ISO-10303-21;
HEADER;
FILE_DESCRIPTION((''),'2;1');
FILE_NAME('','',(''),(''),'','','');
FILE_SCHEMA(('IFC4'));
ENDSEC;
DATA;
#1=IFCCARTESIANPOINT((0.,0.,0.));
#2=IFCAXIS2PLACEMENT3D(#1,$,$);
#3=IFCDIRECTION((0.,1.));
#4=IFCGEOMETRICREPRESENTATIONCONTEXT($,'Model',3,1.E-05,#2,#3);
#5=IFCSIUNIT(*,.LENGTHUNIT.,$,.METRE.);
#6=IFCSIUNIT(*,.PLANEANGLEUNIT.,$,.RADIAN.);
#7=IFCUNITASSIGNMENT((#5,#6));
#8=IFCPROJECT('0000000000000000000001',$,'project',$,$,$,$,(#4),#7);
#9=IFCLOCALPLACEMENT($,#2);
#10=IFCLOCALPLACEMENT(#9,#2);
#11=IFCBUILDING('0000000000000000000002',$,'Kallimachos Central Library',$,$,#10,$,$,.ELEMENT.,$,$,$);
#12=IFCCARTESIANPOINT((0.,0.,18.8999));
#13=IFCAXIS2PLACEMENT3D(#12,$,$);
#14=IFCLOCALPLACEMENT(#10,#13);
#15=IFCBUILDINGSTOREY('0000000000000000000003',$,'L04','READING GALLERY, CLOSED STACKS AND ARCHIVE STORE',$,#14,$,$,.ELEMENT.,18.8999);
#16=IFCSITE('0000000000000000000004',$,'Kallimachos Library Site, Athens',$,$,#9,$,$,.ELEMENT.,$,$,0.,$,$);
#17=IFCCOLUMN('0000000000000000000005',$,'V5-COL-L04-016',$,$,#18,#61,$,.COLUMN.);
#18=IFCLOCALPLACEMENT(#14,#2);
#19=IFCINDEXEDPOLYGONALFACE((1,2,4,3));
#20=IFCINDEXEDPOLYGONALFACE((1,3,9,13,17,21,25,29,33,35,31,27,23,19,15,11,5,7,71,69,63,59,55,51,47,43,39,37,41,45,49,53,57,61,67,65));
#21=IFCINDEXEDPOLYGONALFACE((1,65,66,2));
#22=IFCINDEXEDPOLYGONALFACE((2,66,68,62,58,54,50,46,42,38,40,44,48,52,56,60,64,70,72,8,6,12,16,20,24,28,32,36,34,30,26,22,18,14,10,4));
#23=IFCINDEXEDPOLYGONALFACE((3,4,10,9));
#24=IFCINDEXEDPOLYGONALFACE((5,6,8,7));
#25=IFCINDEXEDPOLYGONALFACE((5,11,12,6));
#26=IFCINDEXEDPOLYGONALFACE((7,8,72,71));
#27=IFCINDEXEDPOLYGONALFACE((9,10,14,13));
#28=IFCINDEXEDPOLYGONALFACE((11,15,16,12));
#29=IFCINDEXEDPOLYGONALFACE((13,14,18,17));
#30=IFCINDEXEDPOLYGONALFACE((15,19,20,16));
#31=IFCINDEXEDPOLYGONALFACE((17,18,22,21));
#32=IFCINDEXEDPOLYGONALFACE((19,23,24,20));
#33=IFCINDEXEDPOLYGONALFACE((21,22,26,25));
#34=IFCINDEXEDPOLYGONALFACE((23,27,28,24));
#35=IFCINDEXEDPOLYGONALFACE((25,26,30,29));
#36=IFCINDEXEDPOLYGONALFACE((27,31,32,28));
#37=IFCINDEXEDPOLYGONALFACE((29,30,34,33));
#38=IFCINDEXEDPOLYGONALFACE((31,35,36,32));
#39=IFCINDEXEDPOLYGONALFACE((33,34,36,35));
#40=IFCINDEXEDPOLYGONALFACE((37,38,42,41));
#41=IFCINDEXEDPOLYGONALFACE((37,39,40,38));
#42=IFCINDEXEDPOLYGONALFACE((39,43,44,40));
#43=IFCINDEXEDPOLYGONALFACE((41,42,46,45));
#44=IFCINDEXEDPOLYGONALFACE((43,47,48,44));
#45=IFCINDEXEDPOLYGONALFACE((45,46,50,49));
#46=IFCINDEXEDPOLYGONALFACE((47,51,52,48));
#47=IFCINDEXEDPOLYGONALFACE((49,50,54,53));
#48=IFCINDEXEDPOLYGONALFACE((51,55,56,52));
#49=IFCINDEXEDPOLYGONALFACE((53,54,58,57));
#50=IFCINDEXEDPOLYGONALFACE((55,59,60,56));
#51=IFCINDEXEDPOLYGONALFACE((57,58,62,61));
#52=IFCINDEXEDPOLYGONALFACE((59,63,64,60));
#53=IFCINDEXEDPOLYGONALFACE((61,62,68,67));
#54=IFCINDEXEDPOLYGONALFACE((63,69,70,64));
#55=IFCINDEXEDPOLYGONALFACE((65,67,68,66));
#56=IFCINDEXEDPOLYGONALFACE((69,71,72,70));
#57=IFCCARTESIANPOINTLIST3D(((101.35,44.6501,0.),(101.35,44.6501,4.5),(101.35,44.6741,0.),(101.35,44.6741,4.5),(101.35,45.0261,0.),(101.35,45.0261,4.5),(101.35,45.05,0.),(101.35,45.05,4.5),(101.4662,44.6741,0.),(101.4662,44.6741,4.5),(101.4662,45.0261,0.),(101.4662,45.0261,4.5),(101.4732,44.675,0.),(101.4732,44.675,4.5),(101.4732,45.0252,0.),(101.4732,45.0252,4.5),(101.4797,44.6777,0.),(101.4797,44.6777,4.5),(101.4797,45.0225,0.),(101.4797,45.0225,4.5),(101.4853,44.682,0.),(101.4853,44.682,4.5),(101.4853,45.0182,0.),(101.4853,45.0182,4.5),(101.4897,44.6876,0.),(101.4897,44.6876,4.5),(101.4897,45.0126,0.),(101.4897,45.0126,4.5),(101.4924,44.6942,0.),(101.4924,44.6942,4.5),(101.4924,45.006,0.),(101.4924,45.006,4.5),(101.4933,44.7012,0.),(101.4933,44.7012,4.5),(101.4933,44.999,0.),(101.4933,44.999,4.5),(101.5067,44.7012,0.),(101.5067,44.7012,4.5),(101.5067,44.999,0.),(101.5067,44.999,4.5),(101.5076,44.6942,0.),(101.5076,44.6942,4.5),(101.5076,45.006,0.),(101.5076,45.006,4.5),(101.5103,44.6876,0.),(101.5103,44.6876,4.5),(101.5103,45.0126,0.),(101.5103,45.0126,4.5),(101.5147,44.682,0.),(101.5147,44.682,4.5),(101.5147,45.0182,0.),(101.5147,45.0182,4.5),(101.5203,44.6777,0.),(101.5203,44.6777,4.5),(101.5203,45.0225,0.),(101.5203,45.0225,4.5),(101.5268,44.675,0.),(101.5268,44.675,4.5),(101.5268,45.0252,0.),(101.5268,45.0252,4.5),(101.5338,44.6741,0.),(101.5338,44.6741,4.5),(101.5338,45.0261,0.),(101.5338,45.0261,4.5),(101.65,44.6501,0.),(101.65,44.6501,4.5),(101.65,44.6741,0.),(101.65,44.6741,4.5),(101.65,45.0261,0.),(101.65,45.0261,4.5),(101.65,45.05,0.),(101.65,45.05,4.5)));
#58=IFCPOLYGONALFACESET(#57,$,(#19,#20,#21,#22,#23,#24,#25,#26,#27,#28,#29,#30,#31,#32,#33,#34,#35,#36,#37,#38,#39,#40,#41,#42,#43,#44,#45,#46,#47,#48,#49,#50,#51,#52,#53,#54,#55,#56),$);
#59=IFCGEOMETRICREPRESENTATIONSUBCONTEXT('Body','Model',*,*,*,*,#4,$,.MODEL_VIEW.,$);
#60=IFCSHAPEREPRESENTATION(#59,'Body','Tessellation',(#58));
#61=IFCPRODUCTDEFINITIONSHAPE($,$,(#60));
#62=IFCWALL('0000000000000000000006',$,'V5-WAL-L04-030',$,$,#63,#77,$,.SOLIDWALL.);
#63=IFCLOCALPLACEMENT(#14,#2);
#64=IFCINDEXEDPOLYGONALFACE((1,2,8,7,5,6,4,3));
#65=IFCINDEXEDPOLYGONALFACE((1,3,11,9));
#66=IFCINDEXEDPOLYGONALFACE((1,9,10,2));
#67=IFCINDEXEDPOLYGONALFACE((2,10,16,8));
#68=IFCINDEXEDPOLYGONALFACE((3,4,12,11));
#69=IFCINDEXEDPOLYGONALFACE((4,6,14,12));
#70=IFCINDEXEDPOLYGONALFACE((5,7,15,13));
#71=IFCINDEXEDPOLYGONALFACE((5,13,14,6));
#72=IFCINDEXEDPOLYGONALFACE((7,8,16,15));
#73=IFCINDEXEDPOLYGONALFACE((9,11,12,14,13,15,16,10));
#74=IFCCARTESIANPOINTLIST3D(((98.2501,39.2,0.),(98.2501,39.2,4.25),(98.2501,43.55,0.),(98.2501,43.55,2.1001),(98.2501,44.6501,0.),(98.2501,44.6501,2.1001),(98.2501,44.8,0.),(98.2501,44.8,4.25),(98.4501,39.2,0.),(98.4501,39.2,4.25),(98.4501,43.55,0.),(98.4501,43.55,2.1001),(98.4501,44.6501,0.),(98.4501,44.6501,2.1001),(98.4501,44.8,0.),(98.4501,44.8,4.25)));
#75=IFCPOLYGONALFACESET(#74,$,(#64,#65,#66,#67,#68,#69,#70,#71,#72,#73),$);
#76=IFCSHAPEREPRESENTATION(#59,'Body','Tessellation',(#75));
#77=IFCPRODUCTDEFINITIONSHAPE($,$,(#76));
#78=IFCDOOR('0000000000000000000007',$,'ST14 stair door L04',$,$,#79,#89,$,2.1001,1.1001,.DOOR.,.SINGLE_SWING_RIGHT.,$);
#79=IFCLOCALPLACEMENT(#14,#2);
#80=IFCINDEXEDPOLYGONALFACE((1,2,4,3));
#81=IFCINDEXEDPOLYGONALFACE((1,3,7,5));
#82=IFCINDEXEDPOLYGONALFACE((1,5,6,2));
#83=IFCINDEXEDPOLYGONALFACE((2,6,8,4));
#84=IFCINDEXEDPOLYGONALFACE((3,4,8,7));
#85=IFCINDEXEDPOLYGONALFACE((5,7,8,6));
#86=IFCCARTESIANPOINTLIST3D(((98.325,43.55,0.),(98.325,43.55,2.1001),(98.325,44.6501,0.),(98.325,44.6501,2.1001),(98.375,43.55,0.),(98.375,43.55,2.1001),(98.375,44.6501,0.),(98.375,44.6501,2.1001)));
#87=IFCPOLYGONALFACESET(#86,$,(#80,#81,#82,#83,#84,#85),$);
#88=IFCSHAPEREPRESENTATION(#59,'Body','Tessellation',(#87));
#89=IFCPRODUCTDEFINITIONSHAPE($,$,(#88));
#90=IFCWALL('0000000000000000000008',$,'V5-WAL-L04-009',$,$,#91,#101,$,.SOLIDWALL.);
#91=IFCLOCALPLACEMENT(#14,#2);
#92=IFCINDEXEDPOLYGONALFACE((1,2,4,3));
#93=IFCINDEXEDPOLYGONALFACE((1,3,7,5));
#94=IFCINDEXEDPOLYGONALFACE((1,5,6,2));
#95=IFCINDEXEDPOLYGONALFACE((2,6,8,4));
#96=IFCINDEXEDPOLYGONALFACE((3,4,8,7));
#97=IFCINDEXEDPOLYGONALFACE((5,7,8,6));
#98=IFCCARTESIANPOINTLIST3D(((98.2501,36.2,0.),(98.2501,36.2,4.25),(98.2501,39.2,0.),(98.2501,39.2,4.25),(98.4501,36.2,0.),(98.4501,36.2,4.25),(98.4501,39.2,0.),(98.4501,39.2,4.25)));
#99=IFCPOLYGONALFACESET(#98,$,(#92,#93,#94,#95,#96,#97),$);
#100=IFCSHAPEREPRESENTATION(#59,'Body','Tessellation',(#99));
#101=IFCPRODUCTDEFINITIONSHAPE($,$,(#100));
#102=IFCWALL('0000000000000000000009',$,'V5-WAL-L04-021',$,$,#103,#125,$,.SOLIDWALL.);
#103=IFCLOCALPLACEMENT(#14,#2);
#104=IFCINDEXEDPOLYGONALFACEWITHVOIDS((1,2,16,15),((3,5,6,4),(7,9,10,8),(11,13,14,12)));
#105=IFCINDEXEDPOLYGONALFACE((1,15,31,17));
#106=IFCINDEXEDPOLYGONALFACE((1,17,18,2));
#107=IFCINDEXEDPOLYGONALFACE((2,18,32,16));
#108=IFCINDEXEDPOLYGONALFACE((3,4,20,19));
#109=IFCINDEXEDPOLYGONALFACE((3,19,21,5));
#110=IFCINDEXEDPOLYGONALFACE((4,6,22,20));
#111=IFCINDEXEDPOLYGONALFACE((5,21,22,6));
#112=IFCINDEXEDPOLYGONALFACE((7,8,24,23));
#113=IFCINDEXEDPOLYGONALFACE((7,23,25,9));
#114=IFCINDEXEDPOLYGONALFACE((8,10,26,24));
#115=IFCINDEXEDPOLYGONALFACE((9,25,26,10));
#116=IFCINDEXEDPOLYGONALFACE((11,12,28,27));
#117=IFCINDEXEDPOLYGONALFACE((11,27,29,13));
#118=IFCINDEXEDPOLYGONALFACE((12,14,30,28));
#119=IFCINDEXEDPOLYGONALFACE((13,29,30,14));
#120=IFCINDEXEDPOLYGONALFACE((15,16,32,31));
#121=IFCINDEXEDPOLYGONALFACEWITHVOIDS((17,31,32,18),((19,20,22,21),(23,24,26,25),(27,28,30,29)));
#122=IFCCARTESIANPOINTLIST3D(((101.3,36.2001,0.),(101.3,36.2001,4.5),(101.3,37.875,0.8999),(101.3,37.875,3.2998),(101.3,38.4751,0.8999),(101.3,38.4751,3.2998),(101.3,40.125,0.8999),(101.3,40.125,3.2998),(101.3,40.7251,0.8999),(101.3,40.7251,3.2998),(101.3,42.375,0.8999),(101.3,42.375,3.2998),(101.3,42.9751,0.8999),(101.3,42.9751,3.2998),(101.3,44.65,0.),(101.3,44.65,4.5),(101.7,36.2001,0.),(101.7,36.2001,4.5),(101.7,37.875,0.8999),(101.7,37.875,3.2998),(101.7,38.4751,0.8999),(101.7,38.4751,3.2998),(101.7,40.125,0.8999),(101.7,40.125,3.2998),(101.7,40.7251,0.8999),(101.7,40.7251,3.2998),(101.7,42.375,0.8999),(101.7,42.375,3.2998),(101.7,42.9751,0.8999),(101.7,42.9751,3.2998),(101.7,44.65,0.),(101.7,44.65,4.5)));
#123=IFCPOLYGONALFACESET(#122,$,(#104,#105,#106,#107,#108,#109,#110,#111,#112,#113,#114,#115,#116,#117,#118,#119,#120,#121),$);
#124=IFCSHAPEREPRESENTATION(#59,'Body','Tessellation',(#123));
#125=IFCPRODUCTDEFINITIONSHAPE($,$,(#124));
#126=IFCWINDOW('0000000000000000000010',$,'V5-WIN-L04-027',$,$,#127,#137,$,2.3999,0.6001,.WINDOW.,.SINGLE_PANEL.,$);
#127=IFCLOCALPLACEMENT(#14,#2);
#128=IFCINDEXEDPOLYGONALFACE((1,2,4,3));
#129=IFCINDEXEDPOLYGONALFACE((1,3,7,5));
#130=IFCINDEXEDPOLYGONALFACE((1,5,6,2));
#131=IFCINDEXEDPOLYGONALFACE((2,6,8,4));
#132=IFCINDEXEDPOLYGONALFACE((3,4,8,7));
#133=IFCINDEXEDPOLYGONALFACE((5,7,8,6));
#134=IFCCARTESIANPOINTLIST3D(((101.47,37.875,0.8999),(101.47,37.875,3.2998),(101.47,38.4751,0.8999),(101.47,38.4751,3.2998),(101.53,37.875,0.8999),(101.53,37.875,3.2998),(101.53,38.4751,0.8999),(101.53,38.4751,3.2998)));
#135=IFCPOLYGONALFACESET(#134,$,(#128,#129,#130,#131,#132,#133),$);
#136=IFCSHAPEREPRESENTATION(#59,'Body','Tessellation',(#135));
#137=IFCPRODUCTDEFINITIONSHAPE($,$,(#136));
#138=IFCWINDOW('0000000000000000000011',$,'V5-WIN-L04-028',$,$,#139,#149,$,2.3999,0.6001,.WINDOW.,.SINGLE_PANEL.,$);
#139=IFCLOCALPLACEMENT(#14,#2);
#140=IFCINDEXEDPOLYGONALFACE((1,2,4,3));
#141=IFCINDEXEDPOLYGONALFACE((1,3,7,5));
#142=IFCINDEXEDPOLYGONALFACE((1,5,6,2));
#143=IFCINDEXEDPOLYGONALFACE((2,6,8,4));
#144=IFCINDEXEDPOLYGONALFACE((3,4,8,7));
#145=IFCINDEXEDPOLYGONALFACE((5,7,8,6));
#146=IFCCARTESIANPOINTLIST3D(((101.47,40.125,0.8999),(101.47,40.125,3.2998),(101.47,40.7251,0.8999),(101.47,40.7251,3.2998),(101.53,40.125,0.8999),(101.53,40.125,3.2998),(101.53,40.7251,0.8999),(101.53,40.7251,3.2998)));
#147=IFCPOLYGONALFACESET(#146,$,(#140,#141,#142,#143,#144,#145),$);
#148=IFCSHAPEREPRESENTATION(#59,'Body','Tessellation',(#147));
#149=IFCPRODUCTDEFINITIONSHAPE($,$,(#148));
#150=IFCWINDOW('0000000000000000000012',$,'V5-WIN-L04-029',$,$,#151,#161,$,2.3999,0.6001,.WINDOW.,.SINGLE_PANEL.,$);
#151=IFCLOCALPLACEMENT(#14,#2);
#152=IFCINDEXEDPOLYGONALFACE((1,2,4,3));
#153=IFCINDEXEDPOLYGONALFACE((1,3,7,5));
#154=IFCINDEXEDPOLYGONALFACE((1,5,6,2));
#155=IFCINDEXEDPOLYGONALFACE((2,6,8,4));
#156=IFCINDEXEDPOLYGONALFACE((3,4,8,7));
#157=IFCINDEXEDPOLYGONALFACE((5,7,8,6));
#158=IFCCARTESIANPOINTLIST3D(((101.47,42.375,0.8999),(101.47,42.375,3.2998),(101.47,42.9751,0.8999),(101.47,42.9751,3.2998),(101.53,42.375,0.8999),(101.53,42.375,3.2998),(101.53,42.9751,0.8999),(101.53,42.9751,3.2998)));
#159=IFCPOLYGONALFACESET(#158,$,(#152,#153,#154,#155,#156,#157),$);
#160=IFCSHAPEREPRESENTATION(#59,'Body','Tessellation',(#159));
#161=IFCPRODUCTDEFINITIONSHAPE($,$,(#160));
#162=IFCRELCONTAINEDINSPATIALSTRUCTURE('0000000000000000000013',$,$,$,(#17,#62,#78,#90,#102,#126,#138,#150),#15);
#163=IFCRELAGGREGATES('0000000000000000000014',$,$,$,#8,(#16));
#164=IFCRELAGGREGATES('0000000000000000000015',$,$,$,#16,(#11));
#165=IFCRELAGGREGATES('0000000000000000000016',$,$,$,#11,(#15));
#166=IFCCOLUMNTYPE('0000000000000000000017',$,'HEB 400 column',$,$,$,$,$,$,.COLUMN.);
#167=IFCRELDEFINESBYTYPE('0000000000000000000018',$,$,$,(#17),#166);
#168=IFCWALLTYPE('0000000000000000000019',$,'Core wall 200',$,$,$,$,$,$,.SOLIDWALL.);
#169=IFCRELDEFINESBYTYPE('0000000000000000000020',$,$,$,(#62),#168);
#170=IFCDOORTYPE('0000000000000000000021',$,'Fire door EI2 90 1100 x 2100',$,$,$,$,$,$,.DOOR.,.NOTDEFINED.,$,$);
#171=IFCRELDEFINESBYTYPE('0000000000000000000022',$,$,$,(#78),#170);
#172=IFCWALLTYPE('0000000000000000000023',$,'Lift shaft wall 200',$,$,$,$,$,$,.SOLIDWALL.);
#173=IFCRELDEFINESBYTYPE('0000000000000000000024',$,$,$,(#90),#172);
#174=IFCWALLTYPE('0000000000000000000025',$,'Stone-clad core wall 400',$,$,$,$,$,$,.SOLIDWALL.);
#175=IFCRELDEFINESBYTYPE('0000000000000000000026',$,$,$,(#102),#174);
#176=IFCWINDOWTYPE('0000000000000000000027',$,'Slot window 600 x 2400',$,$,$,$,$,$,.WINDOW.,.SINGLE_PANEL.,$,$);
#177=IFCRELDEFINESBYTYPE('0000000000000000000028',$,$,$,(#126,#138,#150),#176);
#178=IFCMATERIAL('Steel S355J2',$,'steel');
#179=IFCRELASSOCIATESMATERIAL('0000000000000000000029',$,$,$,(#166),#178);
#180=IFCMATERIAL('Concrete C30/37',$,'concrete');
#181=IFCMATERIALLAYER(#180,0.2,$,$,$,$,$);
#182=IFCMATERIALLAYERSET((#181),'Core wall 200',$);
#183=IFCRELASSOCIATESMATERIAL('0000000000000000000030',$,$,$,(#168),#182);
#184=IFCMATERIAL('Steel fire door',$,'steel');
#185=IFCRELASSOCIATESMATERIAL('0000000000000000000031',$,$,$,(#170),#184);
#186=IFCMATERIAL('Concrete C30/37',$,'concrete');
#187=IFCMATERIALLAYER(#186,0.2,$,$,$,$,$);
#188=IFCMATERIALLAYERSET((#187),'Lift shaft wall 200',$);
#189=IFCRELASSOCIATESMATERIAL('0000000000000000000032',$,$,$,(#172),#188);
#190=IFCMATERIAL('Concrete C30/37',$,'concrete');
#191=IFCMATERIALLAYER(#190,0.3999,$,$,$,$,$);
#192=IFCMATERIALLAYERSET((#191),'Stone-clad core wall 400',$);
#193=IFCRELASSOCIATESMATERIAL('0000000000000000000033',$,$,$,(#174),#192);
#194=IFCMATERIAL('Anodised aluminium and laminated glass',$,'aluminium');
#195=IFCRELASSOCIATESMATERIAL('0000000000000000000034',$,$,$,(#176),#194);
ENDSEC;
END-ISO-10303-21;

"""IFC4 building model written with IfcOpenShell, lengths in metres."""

from ifc_helpers import new_model, si_unit, direction, frame, frame_2d, origin, origin_2d, place, context, subcontext, project, spatial, rectangle, i_section, extrude, material, layer, layer_set, material_profile, profile_set, type_object, element, fill, save


model = new_model("IFC4")

# Units and contexts
model_context = context("Model", 3, precision=1e-05, world=origin(), true_north=direction((0.0, 1.0)))
body_context = subcontext(model_context, "Body", "Model", "MODEL_VIEW")
ifc_project = project(units=[si_unit("LENGTHUNIT", "METRE"), si_unit("PLANEANGLEUNIT", "RADIAN")], contexts=[model_context])

# Site, building, storey
site_placement = place(None, origin())
site = spatial("IfcSite", under=ifc_project, at=site_placement, Name="Kallimachos Library Site, Athens", CompositionType="ELEMENT", RefElevation=0.0)
building_placement = place(site_placement, origin())
building = spatial("IfcBuilding", under=site, at=building_placement, Name="Kallimachos Central Library", CompositionType="ELEMENT")
storey_placement = place(building_placement, frame((0.0, 0.0, 18.8999)))
storey = spatial("IfcBuildingStorey", under=building, at=storey_placement, Name="L04", Description="READING GALLERY, CLOSED STACKS AND ARCHIVE STORE", CompositionType="ELEMENT", Elevation=18.8999)

# Column
ifc_material_1 = material(Name="Steel S355J2", Category="steel")
ifc_material_profile = material_profile(ifc_material_1, i_section(OverallWidth=0.3, OverallDepth=0.3999, WebThickness=0.0134, FlangeThickness=0.0239, FilletRadius=0.0271, at=origin_2d()), Name="HEB 400")
ifc_profile_set = profile_set([ifc_material_profile], Name="Steel S355J2")
column_type = type_object("IfcColumnType", Name="HEB 400 column", PredefinedType="COLUMN", material=ifc_profile_set)
column_placement = place(storey_placement, frame((101.5, 44.8501, 0.0), z_axis=(0.0, 0.0, 1.0), x_axis=(1.0, 0.0, 0.0)))
element("IfcColumn", 1, at=column_placement, inside=storey, type_object=column_type, Name="V5-COL-L04-016", PredefinedType="COLUMN", context=body_context, shape_type="SweptSolid", body=[
    extrude(i_section(OverallWidth=0.3, OverallDepth=0.3999, WebThickness=0.0134, FlangeThickness=0.0239, FilletRadius=0.0271, at=origin_2d()), origin(), (0.0, 0.0, 1.0), 4.5),
])

# Wall, opening, door
ifc_material_2 = material(Name="Concrete C30/37", Category="concrete")
ifc_layer_1 = layer(ifc_material_2, 0.2)
ifc_layer_set_1 = layer_set([ifc_layer_1], Name="Core wall 200")
wall_type_1 = type_object("IfcWallType", Name="Core wall 200", PredefinedType="SOLIDWALL", material=ifc_layer_set_1)
wall_1_placement = place(storey_placement, frame((98.3501, 39.2, 0.0), z_axis=(0.0, 0.0, 1.0), x_axis=(0.0, 1.0, 0.0)))
wall_1 = element("IfcWall", 2, at=wall_1_placement, inside=storey, type_object=wall_type_1, Name="V5-WAL-L04-030", PredefinedType="SOLIDWALL", context=body_context, shape_type="SweptSolid", body=[
    extrude(rectangle(XDim=5.6001, YDim=0.2, at=frame_2d((2.8, 0.0))), origin(), (0.0, 0.0, 1.0), 4.25),
])
opening_1_placement = place(wall_1_placement, frame((4.3501, 0.0, 0.0)))
opening_1 = element("IfcOpeningElement", 3, at=opening_1_placement, cuts=wall_1, PredefinedType="OPENING", context=body_context, shape_type="SweptSolid", body=[
    extrude(rectangle(XDim=1.1001, YDim=2.1001, at=frame_2d((0.55, 1.05))), frame((0.0, 0.1099, 0.0), z_axis=(0.0, -1.0, 0.0), x_axis=(1.0, 0.0, 0.0)), (0.0, 0.0, 1.0), 0.22),
])
ifc_material_3 = material(Name="Steel fire door", Category="steel")
door_type = type_object("IfcDoorType", Name="Fire door EI2 90 1100 x 2100", OperationType="NOTDEFINED", PredefinedType="DOOR", material=ifc_material_3)
door_placement = place(opening_1_placement, frame((1.1001, 0.0, 0.0), z_axis=(0.0, 0.0, 1.0), x_axis=(-1.0, 0.0, 0.0)))
door = element("IfcDoor", 4, at=door_placement, inside=storey, type_object=door_type, Name="ST14 stair door L04", OperationType="SINGLE_SWING_RIGHT", OverallHeight=2.1001, OverallWidth=1.1001, PredefinedType="DOOR", context=body_context, shape_type="SweptSolid", body=[
    extrude(rectangle(XDim=1.1001, YDim=2.1001, at=frame_2d((0.55, 1.05))), frame((0.0, 0.0249, 0.0), z_axis=(0.0, -1.0, 0.0), x_axis=(1.0, 0.0, 0.0)), (0.0, 0.0, 1.0), 0.05),
])
fill(opening_1, door)

# Wall
ifc_material_4 = material(Name="Concrete C30/37", Category="concrete")
ifc_layer_2 = layer(ifc_material_4, 0.2)
ifc_layer_set_2 = layer_set([ifc_layer_2], Name="Lift shaft wall 200")
wall_type_2 = type_object("IfcWallType", Name="Lift shaft wall 200", PredefinedType="SOLIDWALL", material=ifc_layer_set_2)
wall_2_placement = place(storey_placement, frame((98.3501, 36.2, 0.0), z_axis=(0.0, 0.0, 1.0), x_axis=(0.0, 1.0, 0.0)))
element("IfcWall", 5, at=wall_2_placement, inside=storey, type_object=wall_type_2, Name="V5-WAL-L04-009", PredefinedType="SOLIDWALL", context=body_context, shape_type="SweptSolid", body=[
    extrude(rectangle(XDim=3.0, YDim=0.2, at=frame_2d((1.5, 0.0))), origin(), (0.0, 0.0, 1.0), 4.25),
])

# Wall, openings, windows
ifc_material_5 = material(Name="Concrete C30/37", Category="concrete")
ifc_layer_3 = layer(ifc_material_5, 0.3999)
ifc_layer_set_3 = layer_set([ifc_layer_3], Name="Stone-clad core wall 400")
wall_type_3 = type_object("IfcWallType", Name="Stone-clad core wall 400", PredefinedType="SOLIDWALL", material=ifc_layer_set_3)
wall_3_placement = place(storey_placement, frame((101.5, 36.2, 0.0), z_axis=(0.0, 0.0, 1.0), x_axis=(0.0, 1.0, 0.0)))
wall_3 = element("IfcWall", 6, at=wall_3_placement, inside=storey, type_object=wall_type_3, Name="V5-WAL-L04-021", PredefinedType="SOLIDWALL", context=body_context, shape_type="SweptSolid", body=[
    extrude(rectangle(XDim=8.45, YDim=0.3999, at=frame_2d((4.2251, 0.0))), origin(), (0.0, 0.0, 1.0), 4.5),
])
opening_2_placement = place(wall_3_placement, frame((1.675, 0.0, 0.8999)))
opening_2 = element("IfcOpeningElement", 7, at=opening_2_placement, cuts=wall_3, PredefinedType="OPENING", context=body_context, shape_type="SweptSolid", body=[
    extrude(rectangle(XDim=0.6001, YDim=2.3999, at=frame_2d((0.3, 1.2))), frame((0.0, 0.21, 0.0), z_axis=(0.0, -1.0, 0.0), x_axis=(1.0, 0.0, 0.0)), (0.0, 0.0, 1.0), 0.4199),
])
opening_3_placement = place(wall_3_placement, frame((3.925, 0.0, 0.8999)))
opening_3 = element("IfcOpeningElement", 8, at=opening_3_placement, cuts=wall_3, PredefinedType="OPENING", context=body_context, shape_type="SweptSolid", body=[
    extrude(rectangle(XDim=0.6001, YDim=2.3999, at=frame_2d((0.3, 1.2))), frame((0.0, 0.21, 0.0), z_axis=(0.0, -1.0, 0.0), x_axis=(1.0, 0.0, 0.0)), (0.0, 0.0, 1.0), 0.4199),
])
opening_4_placement = place(wall_3_placement, frame((6.175, 0.0, 0.8999)))
opening_4 = element("IfcOpeningElement", 9, at=opening_4_placement, cuts=wall_3, PredefinedType="OPENING", context=body_context, shape_type="SweptSolid", body=[
    extrude(rectangle(XDim=0.6001, YDim=2.3999, at=frame_2d((0.3, 1.2))), frame((0.0, 0.21, 0.0), z_axis=(0.0, -1.0, 0.0), x_axis=(1.0, 0.0, 0.0)), (0.0, 0.0, 1.0), 0.4199),
])
ifc_material_6 = material(Name="Anodised aluminium and laminated glass", Category="aluminium")
window_type = type_object("IfcWindowType", Name="Slot window 600 x 2400", PartitioningType="SINGLE_PANEL", PredefinedType="WINDOW", material=ifc_material_6)
window_1_placement = place(opening_2_placement, origin())
window_1 = element("IfcWindow", 10, at=window_1_placement, inside=storey, type_object=window_type, Name="V5-WIN-L04-027", OverallHeight=2.3999, OverallWidth=0.6001, PartitioningType="SINGLE_PANEL", PredefinedType="WINDOW", context=body_context, shape_type="SweptSolid", body=[
    extrude(rectangle(XDim=0.6001, YDim=2.3999, at=frame_2d((0.3, 1.2))), frame((0.0, 0.03, 0.0), z_axis=(0.0, -1.0, 0.0), x_axis=(1.0, 0.0, 0.0)), (0.0, 0.0, 1.0), 0.0601),
])
fill(opening_2, window_1)
window_2_placement = place(opening_3_placement, origin())
window_2 = element("IfcWindow", 11, at=window_2_placement, inside=storey, type_object=window_type, Name="V5-WIN-L04-028", OverallHeight=2.3999, OverallWidth=0.6001, PartitioningType="SINGLE_PANEL", PredefinedType="WINDOW", context=body_context, shape_type="SweptSolid", body=[
    extrude(rectangle(XDim=0.6001, YDim=2.3999, at=frame_2d((0.3, 1.2))), frame((0.0, 0.03, 0.0), z_axis=(0.0, -1.0, 0.0), x_axis=(1.0, 0.0, 0.0)), (0.0, 0.0, 1.0), 0.0601),
])
fill(opening_3, window_2)
window_3_placement = place(opening_4_placement, origin())
window_3 = element("IfcWindow", 12, at=window_3_placement, inside=storey, type_object=window_type, Name="V5-WIN-L04-029", OverallHeight=2.3999, OverallWidth=0.6001, PartitioningType="SINGLE_PANEL", PredefinedType="WINDOW", context=body_context, shape_type="SweptSolid", body=[
    extrude(rectangle(XDim=0.6001, YDim=2.3999, at=frame_2d((0.3, 1.2))), frame((0.0, 0.03, 0.0), z_axis=(0.0, -1.0, 0.0), x_axis=(1.0, 0.0, 0.0)), (0.0, 0.0, 1.0), 0.0601),
])
fill(opening_4, window_3)

save(model, "model.ifc")
